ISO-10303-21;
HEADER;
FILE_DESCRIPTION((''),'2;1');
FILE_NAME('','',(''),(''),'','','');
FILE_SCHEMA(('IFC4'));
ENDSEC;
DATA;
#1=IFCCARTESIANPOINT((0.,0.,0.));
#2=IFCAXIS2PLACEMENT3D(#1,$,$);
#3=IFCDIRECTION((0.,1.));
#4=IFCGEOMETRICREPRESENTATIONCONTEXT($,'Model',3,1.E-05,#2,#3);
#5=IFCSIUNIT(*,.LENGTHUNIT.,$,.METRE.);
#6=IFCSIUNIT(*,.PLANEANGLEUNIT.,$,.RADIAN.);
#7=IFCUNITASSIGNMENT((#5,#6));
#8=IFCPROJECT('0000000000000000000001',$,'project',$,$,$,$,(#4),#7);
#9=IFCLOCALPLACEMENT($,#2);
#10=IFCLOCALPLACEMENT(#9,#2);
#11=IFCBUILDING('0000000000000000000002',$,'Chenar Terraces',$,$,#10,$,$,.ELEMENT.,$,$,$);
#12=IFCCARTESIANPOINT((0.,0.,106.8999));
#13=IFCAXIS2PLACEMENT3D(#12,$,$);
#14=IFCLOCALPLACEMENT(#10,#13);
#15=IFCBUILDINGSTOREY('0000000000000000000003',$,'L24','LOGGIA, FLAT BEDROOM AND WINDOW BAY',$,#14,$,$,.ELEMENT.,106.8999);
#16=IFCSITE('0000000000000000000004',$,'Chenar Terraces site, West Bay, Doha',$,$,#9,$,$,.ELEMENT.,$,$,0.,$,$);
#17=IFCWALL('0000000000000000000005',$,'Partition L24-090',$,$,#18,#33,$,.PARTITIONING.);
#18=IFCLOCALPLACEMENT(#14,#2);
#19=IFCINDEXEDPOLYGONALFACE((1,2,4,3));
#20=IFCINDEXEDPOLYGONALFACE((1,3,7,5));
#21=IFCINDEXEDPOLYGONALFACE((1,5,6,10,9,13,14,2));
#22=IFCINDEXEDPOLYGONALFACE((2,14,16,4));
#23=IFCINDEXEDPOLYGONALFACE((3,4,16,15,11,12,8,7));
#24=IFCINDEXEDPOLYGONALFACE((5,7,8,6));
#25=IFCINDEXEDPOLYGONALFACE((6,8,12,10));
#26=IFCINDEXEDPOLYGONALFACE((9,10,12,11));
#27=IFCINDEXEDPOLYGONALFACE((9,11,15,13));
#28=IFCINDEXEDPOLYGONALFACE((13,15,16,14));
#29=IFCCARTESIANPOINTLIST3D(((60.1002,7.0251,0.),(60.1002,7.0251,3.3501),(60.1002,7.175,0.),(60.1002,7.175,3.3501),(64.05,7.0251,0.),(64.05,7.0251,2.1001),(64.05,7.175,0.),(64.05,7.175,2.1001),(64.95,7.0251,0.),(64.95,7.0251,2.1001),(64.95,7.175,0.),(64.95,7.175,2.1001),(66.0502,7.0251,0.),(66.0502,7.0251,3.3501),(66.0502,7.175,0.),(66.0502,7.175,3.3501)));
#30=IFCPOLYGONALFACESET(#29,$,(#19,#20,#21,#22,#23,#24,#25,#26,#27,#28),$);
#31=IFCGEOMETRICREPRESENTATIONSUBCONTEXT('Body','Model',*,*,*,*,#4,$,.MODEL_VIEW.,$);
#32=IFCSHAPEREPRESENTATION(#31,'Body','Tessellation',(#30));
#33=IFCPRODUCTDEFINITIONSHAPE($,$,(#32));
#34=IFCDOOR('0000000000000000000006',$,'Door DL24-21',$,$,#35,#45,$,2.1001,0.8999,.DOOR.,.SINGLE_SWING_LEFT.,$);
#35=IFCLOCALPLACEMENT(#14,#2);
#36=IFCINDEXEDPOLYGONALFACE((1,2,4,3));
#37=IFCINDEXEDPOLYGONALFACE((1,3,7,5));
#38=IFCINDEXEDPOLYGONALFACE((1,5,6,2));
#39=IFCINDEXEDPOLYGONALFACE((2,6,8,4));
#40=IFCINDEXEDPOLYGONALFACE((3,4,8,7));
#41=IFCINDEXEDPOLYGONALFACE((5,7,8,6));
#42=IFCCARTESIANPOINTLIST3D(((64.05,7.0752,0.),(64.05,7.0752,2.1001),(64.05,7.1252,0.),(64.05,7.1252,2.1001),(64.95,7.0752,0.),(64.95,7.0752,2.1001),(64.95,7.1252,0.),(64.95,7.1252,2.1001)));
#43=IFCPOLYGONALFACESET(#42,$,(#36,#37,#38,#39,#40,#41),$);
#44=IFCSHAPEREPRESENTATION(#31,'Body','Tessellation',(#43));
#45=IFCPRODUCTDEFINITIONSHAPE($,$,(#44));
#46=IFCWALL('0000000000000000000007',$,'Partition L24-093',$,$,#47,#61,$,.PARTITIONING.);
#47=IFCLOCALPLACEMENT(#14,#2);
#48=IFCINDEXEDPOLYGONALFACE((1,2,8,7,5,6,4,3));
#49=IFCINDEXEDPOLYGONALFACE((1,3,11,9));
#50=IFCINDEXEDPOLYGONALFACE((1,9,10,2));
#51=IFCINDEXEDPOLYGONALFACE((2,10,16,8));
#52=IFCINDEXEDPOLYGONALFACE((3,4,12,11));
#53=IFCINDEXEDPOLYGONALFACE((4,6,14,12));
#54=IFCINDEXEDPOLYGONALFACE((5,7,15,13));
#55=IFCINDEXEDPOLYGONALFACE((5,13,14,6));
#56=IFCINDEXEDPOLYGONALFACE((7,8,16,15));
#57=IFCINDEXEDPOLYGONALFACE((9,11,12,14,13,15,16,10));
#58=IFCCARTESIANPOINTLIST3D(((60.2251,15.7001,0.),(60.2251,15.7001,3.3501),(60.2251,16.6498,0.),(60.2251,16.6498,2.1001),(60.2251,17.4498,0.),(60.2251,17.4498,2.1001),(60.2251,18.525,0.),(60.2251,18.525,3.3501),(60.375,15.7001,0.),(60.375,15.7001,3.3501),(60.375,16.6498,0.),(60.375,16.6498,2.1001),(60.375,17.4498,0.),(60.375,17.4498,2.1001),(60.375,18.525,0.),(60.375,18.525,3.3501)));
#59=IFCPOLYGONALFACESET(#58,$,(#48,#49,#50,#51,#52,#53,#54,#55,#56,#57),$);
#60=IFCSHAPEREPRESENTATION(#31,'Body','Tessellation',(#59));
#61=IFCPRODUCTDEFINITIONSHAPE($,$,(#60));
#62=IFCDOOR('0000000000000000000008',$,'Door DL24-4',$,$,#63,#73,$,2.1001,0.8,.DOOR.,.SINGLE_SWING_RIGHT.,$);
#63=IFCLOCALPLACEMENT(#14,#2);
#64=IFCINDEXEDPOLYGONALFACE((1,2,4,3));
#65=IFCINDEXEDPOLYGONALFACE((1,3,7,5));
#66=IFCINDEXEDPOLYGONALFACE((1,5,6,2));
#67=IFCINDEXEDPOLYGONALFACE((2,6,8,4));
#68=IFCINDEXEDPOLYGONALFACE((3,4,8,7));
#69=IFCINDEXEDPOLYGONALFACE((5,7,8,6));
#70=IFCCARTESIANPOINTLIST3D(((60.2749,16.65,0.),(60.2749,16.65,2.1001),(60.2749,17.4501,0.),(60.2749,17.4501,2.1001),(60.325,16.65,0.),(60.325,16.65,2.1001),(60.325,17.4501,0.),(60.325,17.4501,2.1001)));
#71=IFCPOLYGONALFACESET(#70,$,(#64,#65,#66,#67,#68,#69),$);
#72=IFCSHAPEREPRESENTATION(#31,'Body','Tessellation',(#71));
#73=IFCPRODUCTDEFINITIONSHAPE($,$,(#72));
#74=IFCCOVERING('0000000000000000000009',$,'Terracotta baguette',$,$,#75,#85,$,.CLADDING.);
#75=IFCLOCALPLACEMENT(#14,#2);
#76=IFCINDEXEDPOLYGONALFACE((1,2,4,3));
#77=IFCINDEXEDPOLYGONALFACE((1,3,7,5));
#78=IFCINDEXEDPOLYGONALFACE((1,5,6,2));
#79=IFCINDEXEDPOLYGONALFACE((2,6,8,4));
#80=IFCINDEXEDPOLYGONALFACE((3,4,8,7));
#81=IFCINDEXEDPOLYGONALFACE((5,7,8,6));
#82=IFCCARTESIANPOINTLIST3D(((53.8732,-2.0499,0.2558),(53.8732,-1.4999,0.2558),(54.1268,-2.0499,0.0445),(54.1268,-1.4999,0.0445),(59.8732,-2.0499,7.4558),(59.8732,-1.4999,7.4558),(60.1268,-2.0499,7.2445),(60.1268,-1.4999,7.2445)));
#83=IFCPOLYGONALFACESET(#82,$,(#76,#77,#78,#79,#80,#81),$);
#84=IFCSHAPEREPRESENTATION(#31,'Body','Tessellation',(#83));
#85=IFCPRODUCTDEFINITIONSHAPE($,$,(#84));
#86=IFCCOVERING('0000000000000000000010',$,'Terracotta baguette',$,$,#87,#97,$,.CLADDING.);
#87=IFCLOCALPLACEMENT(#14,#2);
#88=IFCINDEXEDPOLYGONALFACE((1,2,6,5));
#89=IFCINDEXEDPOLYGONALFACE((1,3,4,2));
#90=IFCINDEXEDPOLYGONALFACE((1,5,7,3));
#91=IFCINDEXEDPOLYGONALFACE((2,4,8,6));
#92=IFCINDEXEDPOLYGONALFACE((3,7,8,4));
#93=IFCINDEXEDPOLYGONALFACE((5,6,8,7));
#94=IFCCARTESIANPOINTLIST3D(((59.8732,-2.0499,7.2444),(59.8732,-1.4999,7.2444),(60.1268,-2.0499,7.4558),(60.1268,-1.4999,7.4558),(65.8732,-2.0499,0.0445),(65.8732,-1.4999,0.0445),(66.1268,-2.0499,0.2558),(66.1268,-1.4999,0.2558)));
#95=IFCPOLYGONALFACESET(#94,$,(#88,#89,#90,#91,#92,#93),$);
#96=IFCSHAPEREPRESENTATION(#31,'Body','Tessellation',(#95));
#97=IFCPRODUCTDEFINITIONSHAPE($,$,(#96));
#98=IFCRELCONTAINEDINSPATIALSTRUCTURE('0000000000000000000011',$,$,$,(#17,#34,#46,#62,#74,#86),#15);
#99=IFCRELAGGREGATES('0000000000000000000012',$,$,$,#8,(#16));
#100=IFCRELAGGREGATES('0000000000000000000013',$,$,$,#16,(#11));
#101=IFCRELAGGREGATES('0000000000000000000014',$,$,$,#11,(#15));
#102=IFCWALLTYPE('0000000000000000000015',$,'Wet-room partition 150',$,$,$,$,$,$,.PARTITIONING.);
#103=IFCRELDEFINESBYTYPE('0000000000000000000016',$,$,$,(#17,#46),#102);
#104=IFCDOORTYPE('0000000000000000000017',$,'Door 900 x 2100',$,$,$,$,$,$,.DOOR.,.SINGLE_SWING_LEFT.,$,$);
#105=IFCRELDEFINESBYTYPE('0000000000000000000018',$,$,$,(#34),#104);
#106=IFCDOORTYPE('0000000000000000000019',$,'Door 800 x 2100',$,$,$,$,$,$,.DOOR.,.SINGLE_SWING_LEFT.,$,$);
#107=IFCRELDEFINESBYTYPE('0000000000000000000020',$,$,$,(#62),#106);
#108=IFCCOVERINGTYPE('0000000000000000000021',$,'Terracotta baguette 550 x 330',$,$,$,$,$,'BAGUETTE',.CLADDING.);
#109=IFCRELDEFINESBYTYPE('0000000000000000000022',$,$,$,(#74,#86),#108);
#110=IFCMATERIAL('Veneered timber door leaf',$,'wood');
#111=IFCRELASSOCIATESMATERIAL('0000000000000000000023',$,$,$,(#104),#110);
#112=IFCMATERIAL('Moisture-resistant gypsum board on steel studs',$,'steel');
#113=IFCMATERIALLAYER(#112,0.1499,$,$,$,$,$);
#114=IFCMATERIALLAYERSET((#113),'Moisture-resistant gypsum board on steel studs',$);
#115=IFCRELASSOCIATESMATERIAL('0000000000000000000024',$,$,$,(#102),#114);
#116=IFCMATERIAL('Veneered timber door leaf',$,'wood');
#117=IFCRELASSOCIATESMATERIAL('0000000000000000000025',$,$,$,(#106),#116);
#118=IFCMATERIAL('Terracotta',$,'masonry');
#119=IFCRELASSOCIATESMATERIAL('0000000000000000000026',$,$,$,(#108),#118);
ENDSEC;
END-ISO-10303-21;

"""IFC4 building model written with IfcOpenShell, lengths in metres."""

from ifc_helpers import new_model, si_unit, direction, frame, frame_2d, origin, origin_2d, place, context, subcontext, project, spatial, rectangle, extrude, material, layer, layer_set, material_profile, profile_set, type_object, element, fill, save


model = new_model("IFC4")

# Units and contexts
model_context = context("Model", 3, precision=1e-05, world=origin(), true_north=direction((0.0, 1.0)))
body_context = subcontext(model_context, "Body", "Model", "MODEL_VIEW")
ifc_project = project(units=[si_unit("LENGTHUNIT", "METRE"), si_unit("PLANEANGLEUNIT", "RADIAN")], contexts=[model_context])

# Site, building, storey
site_placement = place(None, origin())
site = spatial("IfcSite", under=ifc_project, at=site_placement, Name="Chenar Terraces site, West Bay, Doha", CompositionType="ELEMENT", RefElevation=0.0)
building_placement = place(site_placement, origin())
building = spatial("IfcBuilding", under=site, at=building_placement, Name="Chenar Terraces", CompositionType="ELEMENT")
storey_placement = place(building_placement, frame((0.0, 0.0, 106.8999)))
storey = spatial("IfcBuildingStorey", under=building, at=storey_placement, Name="L24", Description="LOGGIA, FLAT BEDROOM AND WINDOW BAY", CompositionType="ELEMENT", Elevation=106.8999)

# Shared definitions
ifc_material_1 = material(Name="Veneered timber door leaf", Category="wood")
door_type_1 = type_object("IfcDoorType", Name="Door 900 x 2100", OperationType="SINGLE_SWING_LEFT", PredefinedType="DOOR", material=ifc_material_1)

# Shared definitions
ifc_material_2 = material(Name="Moisture-resistant gypsum board on steel studs", Category="steel")
ifc_layer_1 = layer(ifc_material_2, 0.1499)
ifc_layer_set_1 = layer_set([ifc_layer_1], Name="Moisture-resistant gypsum board on steel studs")
wall_type_1 = type_object("IfcWallType", Name="Wet-room partition 150", PredefinedType="PARTITIONING", material=ifc_layer_set_1)

# Shared definitions
ifc_material_3 = material(Name="Veneered timber door leaf", Category="wood")
door_type_2 = type_object("IfcDoorType", Name="Door 800 x 2100", OperationType="SINGLE_SWING_LEFT", PredefinedType="DOOR", material=ifc_material_3)

# Walls, openings, doors
wall_1_placement = place(storey_placement, frame((60.1001, 7.1001, 0.0), z_axis=(0.0, 0.0, 1.0), x_axis=(1.0, 0.0, 0.0)))
wall_1 = element("IfcWall", 1, at=wall_1_placement, inside=storey, type_object=wall_type_1, Name="Partition L24-090", PredefinedType="PARTITIONING", context=body_context, shape_type="SweptSolid", body=[
    extrude(rectangle(XDim=5.95, YDim=0.1499, at=frame_2d((2.9751, 0.0))), origin(), (0.0, 0.0, 1.0), 3.3501),
])
opening_1_placement = place(wall_1_placement, frame((3.95, 0.0, 0.0)))
opening_1 = element("IfcOpeningElement", 2, at=opening_1_placement, cuts=wall_1, PredefinedType="OPENING", context=body_context, shape_type="SweptSolid", body=[
    extrude(rectangle(XDim=0.8999, YDim=2.1001, at=frame_2d((0.45, 1.05))), frame((0.0, 0.085, 0.0), z_axis=(0.0, -1.0, 0.0), x_axis=(1.0, 0.0, 0.0)), (0.0, 0.0, 1.0), 0.1699),
])
door_1_placement = place(opening_1_placement, frame((0.8999, 0.0, 0.0), z_axis=(0.0, 0.0, 1.0), x_axis=(-1.0, 0.0, 0.0)))
door_1 = element("IfcDoor", 3, at=door_1_placement, inside=storey, type_object=door_type_1, Name="Door DL24-21", OperationType="SINGLE_SWING_LEFT", OverallHeight=2.1001, OverallWidth=0.8999, PredefinedType="DOOR", context=body_context, shape_type="SweptSolid", body=[
    extrude(rectangle(XDim=0.8999, YDim=2.1001, at=frame_2d((0.45, 1.05))), frame((0.0, 0.0249, 0.0), z_axis=(0.0, -1.0, 0.0), x_axis=(1.0, 0.0, 0.0)), (0.0, 0.0, 1.0), 0.05),
])
fill(opening_1, door_1)
wall_2_placement = place(storey_placement, frame((60.3, 15.7, 0.0), z_axis=(0.0, 0.0, 1.0), x_axis=(0.0, 1.0, 0.0)))
wall_2 = element("IfcWall", 4, at=wall_2_placement, inside=storey, type_object=wall_type_1, Name="Partition L24-093", PredefinedType="PARTITIONING", context=body_context, shape_type="SweptSolid", body=[
    extrude(rectangle(XDim=2.825, YDim=0.1499, at=frame_2d((1.4126, 0.0))), origin(), (0.0, 0.0, 1.0), 3.3501),
])
opening_2_placement = place(wall_2_placement, frame((0.95, 0.0, 0.0)))
opening_2 = element("IfcOpeningElement", 5, at=opening_2_placement, cuts=wall_2, PredefinedType="OPENING", context=body_context, shape_type="SweptSolid", body=[
    extrude(rectangle(XDim=0.8, YDim=2.1001, at=frame_2d((0.3999, 1.05))), frame((0.0, 0.085, 0.0), z_axis=(0.0, -1.0, 0.0), x_axis=(1.0, 0.0, 0.0)), (0.0, 0.0, 1.0), 0.1699),
])
door_2_placement = place(opening_2_placement, frame((0.8, 0.0, 0.0), z_axis=(0.0, 0.0, 1.0), x_axis=(-1.0, 0.0, 0.0)))
door_2 = element("IfcDoor", 6, at=door_2_placement, inside=storey, type_object=door_type_2, Name="Door DL24-4", OperationType="SINGLE_SWING_RIGHT", OverallHeight=2.1001, OverallWidth=0.8, PredefinedType="DOOR", context=body_context, shape_type="SweptSolid", body=[
    extrude(rectangle(XDim=0.8, YDim=2.1001, at=frame_2d((0.3999, 1.05))), frame((0.0, 0.0249, 0.0), z_axis=(0.0, -1.0, 0.0), x_axis=(1.0, 0.0, 0.0)), (0.0, 0.0, 1.0), 0.05),
])
fill(opening_2, door_2)

# Coverings
ifc_material_4 = material(Name="Terracotta", Category="masonry")
ifc_material_profile_1 = material_profile(ifc_material_4, rectangle(XDim=0.55, YDim=0.3301, at=origin_2d()), Name="Terracotta baguette 550 x 330")
ifc_profile_set_1 = profile_set([ifc_material_profile_1], Name="Terracotta")
covering_type = type_object("IfcCoveringType", Name="Terracotta baguette 550 x 330", ElementType="BAGUETTE", PredefinedType="CLADDING", material=ifc_profile_set_1)
for number, where, z_axis, x_axis, name in (
    (7, (54.0, -1.7749, 0.1501), (0.640187, 0.0, 0.768219), (0.0, 1.0, 0.0), "Terracotta baguette"),
    (8, (60.0, -1.7749, 7.3501), (0.640187, 0.0, -0.768219), (0.0, 1.0, 0.0), "Terracotta baguette"),
):
    element("IfcCovering", number, at=place(storey_placement, frame(where, z_axis=z_axis, x_axis=x_axis)), inside=storey, type_object=covering_type, Name=name, PredefinedType="CLADDING", context=body_context, shape_type="SweptSolid", body=[
        extrude(rectangle(XDim=0.55, YDim=0.3301, at=origin_2d()), origin(), (0.0, 0.0, 1.0), 9.3723),
    ])

save(model, "model.ifc")
